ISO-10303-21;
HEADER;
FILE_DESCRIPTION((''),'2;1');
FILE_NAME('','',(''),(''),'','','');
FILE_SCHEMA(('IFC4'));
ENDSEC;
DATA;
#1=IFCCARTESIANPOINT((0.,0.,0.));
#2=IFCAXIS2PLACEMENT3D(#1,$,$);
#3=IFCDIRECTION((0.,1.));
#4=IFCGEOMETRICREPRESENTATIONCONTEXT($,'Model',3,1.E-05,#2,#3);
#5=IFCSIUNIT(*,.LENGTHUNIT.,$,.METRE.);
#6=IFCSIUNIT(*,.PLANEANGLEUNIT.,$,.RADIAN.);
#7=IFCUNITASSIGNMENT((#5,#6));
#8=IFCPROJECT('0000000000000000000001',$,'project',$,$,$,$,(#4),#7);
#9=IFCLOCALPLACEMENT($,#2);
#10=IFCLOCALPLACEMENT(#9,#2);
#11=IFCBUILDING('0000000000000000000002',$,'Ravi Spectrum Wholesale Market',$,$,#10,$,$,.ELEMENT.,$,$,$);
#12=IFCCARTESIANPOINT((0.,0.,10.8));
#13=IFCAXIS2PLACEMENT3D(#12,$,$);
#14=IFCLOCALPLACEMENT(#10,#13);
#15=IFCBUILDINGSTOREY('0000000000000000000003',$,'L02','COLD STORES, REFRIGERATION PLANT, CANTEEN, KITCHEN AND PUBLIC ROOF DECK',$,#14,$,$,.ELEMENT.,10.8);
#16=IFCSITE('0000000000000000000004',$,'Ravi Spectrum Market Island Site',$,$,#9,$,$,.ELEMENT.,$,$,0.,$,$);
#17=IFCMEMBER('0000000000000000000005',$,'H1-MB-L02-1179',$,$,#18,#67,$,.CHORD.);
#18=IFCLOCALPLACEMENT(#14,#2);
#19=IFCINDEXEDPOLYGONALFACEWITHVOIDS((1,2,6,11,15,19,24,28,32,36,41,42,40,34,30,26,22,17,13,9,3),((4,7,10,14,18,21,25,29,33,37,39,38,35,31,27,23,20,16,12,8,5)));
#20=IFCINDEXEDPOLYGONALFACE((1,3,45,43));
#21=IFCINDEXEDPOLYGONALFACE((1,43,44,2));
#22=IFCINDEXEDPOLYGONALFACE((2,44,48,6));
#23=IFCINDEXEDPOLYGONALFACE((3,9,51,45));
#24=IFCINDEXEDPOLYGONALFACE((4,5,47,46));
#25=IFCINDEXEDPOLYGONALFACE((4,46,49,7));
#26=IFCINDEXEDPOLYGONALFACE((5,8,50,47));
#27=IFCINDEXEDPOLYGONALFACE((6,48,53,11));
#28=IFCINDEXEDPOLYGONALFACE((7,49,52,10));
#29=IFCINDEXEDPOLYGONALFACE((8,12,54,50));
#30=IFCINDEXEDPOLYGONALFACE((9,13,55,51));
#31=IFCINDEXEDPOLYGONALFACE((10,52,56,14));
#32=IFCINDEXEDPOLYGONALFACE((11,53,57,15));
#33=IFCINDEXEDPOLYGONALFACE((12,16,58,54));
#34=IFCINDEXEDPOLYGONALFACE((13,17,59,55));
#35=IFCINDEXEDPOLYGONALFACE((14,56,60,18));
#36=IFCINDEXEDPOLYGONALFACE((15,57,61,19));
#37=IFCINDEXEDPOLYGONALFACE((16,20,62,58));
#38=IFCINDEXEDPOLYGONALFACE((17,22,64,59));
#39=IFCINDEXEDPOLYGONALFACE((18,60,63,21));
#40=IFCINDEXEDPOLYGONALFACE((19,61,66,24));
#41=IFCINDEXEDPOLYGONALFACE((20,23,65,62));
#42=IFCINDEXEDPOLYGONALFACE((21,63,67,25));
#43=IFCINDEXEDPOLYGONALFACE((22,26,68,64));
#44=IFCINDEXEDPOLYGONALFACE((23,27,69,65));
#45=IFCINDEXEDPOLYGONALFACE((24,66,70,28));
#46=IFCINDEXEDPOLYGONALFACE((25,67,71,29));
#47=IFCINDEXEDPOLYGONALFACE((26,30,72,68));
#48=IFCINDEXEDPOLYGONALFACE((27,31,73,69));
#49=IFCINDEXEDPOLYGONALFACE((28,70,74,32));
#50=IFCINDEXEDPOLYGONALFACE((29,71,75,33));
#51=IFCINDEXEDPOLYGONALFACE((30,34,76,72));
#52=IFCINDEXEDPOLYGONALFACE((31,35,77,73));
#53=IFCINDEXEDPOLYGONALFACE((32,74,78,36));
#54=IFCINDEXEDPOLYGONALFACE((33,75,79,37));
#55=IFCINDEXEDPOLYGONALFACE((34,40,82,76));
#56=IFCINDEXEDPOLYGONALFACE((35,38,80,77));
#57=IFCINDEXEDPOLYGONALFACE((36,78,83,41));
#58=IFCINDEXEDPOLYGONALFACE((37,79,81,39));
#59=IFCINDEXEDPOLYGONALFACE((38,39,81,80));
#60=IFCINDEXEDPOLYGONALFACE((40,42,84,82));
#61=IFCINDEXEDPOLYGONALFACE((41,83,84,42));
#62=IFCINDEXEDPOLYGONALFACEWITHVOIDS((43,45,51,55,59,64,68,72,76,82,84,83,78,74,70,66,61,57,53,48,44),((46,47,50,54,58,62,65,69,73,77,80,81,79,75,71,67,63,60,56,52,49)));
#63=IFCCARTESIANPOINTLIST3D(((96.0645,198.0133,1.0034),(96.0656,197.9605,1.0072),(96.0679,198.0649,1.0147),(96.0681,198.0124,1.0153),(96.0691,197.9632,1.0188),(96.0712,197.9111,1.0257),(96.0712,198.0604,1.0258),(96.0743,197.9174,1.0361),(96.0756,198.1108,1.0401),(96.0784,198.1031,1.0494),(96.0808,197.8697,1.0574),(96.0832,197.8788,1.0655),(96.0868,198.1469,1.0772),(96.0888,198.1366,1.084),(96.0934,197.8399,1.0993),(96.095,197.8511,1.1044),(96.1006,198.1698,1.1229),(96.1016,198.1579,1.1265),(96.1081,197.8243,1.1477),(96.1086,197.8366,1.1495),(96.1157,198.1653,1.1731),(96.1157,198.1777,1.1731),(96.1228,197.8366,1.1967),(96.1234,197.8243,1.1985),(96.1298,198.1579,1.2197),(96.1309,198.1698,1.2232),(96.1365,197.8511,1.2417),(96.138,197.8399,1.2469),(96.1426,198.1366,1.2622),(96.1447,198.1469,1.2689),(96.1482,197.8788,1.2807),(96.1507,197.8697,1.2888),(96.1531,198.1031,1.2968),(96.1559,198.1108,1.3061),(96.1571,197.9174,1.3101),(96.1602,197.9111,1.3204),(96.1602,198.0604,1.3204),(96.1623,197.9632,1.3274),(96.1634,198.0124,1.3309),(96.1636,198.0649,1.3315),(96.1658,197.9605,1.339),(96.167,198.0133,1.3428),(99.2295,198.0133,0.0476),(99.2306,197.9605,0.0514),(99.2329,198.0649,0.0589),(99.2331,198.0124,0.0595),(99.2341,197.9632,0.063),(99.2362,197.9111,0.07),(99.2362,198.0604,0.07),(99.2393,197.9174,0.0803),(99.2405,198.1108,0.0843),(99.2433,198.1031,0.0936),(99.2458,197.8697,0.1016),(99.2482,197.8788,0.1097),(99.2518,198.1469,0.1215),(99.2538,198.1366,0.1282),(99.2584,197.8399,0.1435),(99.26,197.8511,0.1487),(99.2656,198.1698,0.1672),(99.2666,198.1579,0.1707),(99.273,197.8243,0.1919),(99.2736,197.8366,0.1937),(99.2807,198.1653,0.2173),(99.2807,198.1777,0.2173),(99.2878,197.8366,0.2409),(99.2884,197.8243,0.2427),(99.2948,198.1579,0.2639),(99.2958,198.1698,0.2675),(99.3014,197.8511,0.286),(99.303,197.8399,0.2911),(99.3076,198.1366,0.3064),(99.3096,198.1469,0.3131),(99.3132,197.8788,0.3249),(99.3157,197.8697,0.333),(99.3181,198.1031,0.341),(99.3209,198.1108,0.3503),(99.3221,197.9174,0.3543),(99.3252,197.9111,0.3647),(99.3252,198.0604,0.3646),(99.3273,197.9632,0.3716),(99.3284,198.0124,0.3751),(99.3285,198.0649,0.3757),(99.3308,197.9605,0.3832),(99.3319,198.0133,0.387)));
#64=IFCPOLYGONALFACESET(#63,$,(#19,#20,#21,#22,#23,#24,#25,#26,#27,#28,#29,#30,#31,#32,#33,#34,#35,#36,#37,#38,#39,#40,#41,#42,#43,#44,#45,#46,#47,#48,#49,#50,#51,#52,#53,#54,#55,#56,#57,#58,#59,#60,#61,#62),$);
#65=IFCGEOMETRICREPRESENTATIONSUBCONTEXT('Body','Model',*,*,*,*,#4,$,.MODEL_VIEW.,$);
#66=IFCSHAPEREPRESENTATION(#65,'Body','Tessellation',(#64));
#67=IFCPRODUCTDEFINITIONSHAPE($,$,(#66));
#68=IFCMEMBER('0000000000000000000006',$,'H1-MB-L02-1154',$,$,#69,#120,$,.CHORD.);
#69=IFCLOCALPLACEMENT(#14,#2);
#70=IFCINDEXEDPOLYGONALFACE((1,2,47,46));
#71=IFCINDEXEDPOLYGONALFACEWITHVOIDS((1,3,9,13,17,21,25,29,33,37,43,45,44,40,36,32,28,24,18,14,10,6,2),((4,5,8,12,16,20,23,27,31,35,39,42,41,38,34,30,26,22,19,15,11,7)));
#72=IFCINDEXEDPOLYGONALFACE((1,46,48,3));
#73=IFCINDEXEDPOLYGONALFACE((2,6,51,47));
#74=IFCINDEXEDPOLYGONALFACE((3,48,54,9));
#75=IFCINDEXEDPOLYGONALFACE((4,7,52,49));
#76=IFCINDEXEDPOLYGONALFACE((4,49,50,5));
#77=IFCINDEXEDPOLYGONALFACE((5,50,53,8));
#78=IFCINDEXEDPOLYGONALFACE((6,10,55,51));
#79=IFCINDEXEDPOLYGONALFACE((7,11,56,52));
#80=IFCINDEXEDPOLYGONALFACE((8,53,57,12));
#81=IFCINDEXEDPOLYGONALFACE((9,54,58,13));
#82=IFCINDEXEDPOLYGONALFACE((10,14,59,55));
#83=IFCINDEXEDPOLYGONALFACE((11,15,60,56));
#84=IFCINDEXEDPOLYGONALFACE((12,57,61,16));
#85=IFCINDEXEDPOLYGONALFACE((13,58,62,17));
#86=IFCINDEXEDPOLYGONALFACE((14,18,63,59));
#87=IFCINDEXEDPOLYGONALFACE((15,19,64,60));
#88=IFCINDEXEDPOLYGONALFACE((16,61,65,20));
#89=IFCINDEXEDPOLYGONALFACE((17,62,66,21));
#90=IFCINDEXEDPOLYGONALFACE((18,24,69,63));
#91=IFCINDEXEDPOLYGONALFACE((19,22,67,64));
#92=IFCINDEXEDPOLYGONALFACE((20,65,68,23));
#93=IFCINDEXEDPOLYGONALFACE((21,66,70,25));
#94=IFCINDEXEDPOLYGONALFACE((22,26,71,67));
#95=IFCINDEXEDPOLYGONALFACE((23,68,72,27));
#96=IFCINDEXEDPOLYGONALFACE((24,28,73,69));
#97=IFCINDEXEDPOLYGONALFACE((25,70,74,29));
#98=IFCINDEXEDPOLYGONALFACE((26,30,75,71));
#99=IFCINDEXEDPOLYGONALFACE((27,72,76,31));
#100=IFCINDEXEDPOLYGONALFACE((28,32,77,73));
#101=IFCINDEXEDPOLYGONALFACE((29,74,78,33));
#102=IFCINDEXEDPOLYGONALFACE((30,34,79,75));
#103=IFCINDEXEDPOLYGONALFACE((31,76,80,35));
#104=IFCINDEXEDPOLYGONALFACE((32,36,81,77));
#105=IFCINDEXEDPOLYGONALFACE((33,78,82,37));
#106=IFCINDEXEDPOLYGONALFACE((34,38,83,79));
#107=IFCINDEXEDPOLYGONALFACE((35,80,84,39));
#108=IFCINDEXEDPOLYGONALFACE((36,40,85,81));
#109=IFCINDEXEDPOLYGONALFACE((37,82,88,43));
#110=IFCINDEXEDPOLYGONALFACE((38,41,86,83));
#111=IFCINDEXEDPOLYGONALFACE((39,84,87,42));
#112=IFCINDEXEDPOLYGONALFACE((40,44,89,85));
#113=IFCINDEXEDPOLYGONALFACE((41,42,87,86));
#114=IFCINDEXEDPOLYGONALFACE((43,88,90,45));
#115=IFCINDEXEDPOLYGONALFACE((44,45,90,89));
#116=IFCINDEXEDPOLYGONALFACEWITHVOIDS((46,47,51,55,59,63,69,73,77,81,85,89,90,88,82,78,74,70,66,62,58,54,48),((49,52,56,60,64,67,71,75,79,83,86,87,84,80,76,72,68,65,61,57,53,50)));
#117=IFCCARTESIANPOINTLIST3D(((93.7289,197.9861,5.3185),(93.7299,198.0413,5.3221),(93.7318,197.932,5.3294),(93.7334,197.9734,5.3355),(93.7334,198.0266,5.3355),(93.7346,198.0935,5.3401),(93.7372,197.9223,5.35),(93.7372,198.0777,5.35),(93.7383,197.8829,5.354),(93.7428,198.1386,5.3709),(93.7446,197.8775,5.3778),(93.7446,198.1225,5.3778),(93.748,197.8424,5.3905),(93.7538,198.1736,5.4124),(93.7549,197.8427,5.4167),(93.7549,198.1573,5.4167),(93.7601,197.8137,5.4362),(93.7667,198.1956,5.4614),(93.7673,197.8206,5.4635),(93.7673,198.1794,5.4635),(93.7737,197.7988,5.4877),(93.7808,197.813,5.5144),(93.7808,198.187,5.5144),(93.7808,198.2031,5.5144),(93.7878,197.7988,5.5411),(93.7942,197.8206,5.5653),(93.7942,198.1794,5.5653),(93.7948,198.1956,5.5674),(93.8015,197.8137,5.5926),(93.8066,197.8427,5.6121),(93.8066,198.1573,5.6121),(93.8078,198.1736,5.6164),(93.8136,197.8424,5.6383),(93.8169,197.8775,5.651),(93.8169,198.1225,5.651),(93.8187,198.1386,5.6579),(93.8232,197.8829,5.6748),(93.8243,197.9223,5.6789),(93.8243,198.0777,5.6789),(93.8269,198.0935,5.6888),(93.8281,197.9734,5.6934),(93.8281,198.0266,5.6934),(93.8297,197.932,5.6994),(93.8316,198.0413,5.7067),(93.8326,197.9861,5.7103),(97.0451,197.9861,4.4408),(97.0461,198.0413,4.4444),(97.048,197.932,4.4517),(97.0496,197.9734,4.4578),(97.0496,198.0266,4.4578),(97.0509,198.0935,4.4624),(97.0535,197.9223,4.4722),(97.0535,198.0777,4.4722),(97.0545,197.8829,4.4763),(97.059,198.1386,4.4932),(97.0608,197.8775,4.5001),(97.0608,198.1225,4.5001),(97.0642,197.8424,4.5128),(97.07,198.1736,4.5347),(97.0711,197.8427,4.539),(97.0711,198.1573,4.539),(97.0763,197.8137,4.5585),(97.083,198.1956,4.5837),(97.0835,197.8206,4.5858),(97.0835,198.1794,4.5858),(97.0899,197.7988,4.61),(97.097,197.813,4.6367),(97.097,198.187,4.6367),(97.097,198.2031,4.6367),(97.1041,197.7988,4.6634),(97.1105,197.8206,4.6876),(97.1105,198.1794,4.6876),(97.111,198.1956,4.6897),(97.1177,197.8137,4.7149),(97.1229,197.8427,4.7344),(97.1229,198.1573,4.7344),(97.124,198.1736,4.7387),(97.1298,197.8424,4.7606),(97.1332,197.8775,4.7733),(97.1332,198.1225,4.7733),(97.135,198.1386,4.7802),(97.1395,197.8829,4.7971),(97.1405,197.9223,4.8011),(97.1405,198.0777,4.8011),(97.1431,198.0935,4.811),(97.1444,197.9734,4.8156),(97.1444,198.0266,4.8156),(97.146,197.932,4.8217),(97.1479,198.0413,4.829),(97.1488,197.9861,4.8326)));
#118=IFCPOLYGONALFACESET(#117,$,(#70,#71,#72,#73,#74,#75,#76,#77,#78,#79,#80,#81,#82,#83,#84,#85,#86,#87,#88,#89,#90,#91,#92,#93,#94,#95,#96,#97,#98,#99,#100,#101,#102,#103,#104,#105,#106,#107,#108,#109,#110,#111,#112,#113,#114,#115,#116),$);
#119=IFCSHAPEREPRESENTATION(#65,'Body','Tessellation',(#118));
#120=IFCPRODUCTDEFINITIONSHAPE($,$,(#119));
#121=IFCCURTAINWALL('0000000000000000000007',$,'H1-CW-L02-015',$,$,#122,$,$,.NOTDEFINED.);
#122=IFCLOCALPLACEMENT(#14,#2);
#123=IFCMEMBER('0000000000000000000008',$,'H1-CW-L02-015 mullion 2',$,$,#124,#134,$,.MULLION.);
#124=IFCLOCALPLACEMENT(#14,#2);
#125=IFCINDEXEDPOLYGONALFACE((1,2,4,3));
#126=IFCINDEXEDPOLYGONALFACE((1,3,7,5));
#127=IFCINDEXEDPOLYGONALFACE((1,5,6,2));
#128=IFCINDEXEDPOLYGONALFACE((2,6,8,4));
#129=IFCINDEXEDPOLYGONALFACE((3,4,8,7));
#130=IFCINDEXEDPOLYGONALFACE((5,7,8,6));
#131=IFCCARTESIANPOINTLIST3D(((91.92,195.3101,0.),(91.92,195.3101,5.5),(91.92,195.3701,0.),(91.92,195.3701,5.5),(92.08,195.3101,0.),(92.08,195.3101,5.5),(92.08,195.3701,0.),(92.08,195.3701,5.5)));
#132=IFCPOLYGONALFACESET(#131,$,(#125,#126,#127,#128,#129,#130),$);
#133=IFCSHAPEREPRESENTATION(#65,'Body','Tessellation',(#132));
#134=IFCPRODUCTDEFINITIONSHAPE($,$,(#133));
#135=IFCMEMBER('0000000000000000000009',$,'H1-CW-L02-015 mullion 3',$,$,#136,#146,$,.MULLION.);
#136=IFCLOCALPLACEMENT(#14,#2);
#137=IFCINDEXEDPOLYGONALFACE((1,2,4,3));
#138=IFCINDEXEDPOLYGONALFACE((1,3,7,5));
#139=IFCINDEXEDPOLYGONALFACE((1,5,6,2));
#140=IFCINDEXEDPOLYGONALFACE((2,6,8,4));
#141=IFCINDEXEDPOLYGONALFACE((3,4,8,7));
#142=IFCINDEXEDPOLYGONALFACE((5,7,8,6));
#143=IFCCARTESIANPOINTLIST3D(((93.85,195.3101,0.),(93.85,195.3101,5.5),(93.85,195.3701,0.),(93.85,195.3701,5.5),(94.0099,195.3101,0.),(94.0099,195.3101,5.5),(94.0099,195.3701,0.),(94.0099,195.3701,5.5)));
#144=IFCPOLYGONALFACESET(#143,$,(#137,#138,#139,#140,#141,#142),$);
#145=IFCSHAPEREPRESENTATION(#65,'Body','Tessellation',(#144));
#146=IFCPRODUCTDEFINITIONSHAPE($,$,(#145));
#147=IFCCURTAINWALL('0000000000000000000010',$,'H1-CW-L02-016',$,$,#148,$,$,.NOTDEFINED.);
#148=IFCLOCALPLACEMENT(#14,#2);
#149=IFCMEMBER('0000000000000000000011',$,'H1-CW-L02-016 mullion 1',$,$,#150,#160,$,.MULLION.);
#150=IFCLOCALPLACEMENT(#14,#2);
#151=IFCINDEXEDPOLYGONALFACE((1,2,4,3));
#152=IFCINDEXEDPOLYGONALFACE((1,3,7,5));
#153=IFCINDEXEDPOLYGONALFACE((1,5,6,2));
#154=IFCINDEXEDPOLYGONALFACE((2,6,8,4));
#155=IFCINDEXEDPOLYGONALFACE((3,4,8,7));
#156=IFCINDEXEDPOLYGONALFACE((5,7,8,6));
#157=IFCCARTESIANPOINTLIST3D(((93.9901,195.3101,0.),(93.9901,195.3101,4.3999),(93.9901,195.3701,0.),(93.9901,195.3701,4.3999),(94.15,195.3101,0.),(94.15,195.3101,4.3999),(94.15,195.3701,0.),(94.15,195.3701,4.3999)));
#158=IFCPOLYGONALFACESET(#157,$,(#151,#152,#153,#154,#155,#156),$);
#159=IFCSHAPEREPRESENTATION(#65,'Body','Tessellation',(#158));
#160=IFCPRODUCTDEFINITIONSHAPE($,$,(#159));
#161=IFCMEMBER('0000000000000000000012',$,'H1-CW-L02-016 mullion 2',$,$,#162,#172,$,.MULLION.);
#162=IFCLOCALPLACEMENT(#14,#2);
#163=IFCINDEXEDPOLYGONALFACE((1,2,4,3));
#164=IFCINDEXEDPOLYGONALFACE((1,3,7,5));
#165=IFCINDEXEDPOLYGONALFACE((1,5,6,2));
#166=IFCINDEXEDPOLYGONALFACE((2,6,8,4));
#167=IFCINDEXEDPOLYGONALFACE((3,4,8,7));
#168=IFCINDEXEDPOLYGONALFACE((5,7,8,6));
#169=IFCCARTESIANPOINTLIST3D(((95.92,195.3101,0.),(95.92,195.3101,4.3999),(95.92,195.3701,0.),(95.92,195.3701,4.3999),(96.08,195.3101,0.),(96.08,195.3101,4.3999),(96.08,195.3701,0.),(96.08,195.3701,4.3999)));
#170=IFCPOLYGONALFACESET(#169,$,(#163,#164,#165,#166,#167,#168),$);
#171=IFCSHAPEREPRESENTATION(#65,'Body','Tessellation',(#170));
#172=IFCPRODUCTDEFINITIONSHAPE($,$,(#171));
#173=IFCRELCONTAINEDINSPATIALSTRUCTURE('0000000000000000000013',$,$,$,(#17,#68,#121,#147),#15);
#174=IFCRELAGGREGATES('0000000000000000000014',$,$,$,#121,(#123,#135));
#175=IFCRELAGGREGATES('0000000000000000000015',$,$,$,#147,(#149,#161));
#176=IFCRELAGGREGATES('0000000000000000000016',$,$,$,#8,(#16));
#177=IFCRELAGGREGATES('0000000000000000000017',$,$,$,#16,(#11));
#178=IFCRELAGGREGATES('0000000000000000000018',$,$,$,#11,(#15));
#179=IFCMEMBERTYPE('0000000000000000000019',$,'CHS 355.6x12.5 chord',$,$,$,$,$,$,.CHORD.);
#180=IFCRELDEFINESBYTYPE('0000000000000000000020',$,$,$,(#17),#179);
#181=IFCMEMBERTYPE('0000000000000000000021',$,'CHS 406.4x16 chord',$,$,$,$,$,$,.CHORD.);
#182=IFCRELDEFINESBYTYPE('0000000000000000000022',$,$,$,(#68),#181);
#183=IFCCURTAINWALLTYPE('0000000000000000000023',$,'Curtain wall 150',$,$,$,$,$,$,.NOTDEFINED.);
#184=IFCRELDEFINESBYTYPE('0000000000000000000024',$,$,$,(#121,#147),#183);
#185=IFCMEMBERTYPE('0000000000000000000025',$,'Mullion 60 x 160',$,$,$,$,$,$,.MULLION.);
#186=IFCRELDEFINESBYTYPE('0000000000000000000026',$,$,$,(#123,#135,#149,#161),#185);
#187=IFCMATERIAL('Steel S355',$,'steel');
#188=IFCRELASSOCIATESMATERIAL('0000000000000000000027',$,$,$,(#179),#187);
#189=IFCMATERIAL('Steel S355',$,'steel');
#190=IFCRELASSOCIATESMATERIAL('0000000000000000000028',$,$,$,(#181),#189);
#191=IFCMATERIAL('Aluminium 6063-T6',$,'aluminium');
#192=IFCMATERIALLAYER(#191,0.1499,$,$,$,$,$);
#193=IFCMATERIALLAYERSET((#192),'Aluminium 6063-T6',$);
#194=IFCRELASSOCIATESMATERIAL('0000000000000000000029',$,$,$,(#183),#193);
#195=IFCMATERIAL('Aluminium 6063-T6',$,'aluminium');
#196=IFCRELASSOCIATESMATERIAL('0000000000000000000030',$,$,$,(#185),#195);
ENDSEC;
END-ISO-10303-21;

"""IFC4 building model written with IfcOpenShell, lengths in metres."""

from ifc_helpers import new_model, si_unit, direction, frame, origin, origin_2d, place, context, subcontext, project, spatial, rectangle, hollow_circle, extrude, material, layer, layer_set, material_profile, profile_set, type_object, element, aggregate, save


model = new_model("IFC4")

# Units and contexts
model_context = context("Model", 3, precision=1e-05, world=origin(), true_north=direction((0.0, 1.0)))
body_context = subcontext(model_context, "Body", "Model", "MODEL_VIEW")
ifc_project = project(units=[si_unit("LENGTHUNIT", "METRE"), si_unit("PLANEANGLEUNIT", "RADIAN")], contexts=[model_context])

# Site, building, storey
site_placement = place(None, origin())
site = spatial("IfcSite", under=ifc_project, at=site_placement, Name="Ravi Spectrum Market Island Site", CompositionType="ELEMENT", RefElevation=0.0)
building_placement = place(site_placement, origin())
building = spatial("IfcBuilding", under=site, at=building_placement, Name="Ravi Spectrum Wholesale Market", CompositionType="ELEMENT")
storey_placement = place(building_placement, frame((0.0, 0.0, 10.8)))
storey = spatial("IfcBuildingStorey", under=building, at=storey_placement, Name="L02", Description="COLD STORES, REFRIGERATION PLANT, CANTEEN, KITCHEN AND PUBLIC ROOF DECK", CompositionType="ELEMENT", Elevation=10.8)

# Members
ifc_material_1 = material(Name="Steel S355", Category="steel")
ifc_material_profile_1 = material_profile(ifc_material_1, hollow_circle(Radius=0.1777, WallThickness=0.0125, at=origin_2d()))
ifc_profile_set_1 = profile_set([ifc_material_profile_1], Name="Steel S355")
member_type_1 = type_object("IfcMemberType", Name="CHS 355.6x12.5 chord", PredefinedType="CHORD", material=ifc_profile_set_1)
for number, where, z_axis, x_axis, name in (
    (1, (96.1157, 198.0, 1.1731), (0.9573, 0.0, -0.289095), (0.0, 1.0, 0.0), "H1-MB-L02-1179"),
):
    element("IfcMember", number, at=place(storey_placement, frame(where, z_axis=z_axis, x_axis=x_axis)), inside=storey, type_object=member_type_1, Name=name, PredefinedType="CHORD", context=body_context, shape_type="SweptSolid", body=[
        extrude(hollow_circle(Radius=0.1777, WallThickness=0.0125, at=origin_2d()), origin(), (0.0, 0.0, 1.0), 3.3062),
    ])
ifc_material_2 = material(Name="Steel S355", Category="steel")
ifc_material_profile_2 = material_profile(ifc_material_2, hollow_circle(Radius=0.2031, WallThickness=0.0161, at=origin_2d()))
ifc_profile_set_2 = profile_set([ifc_material_profile_2], Name="Steel S355")
member_type_2 = type_object("IfcMemberType", Name="CHS 406.4x16 chord", PredefinedType="CHORD", material=ifc_profile_set_2)
member_1_placement = place(storey_placement, frame((93.7808, 198.0, 5.5144), z_axis=(0.966714, 0.0, -0.255859), x_axis=(0.0, 1.0, 0.0)))
element("IfcMember", 2, at=member_1_placement, inside=storey, type_object=member_type_2, Name="H1-MB-L02-1154", PredefinedType="CHORD", context=body_context, shape_type="SweptSolid", body=[
    extrude(hollow_circle(Radius=0.2031, WallThickness=0.0161, at=origin_2d()), origin(), (0.0, 0.0, 1.0), 3.4304),
])

# Curtain walls, members
ifc_material_3 = material(Name="Aluminium 6063-T6", Category="aluminium")
ifc_layer_1 = layer(ifc_material_3, 0.1499)
ifc_layer_set_1 = layer_set([ifc_layer_1], Name="Aluminium 6063-T6")
curtain_wall_type = type_object("IfcCurtainWallType", Name="Curtain wall 150", PredefinedType="NOTDEFINED", material=ifc_layer_set_1)
curtain_wall_1_placement = place(storey_placement, origin())
curtain_wall_1 = element("IfcCurtainWall", 3, at=curtain_wall_1_placement, inside=storey, type_object=curtain_wall_type, Name="H1-CW-L02-015", PredefinedType="NOTDEFINED")
ifc_material_4 = material(Name="Aluminium 6063-T6", Category="aluminium")
ifc_material_profile_3 = material_profile(ifc_material_4, rectangle(XDim=0.0601, YDim=0.1599, at=origin_2d()))
ifc_profile_set_3 = profile_set([ifc_material_profile_3], Name="Aluminium 6063-T6")
member_type_3 = type_object("IfcMemberType", Name="Mullion 60 x 160", PredefinedType="MULLION", material=ifc_profile_set_3)
member_2_placement = place(storey_placement, frame((92.0, 195.3401, 0.0), z_axis=(0.0, 0.0, 1.0), x_axis=(0.0, 1.0, 0.0)))
member_2 = element("IfcMember", 4, at=member_2_placement, type_object=member_type_3, Name="H1-CW-L02-015 mullion 2", PredefinedType="MULLION", context=body_context, shape_type="SweptSolid", body=[
    extrude(rectangle(XDim=0.0601, YDim=0.1599, at=origin_2d()), origin(), (0.0, 0.0, 1.0), 5.5),
])
member_3_placement = place(storey_placement, frame((93.9299, 195.3401, 0.0), z_axis=(0.0, 0.0, 1.0), x_axis=(0.0, 1.0, 0.0)))
member_3 = element("IfcMember", 5, at=member_3_placement, type_object=member_type_3, Name="H1-CW-L02-015 mullion 3", PredefinedType="MULLION", context=body_context, shape_type="SweptSolid", body=[
    extrude(rectangle(XDim=0.0601, YDim=0.1599, at=origin_2d()), origin(), (0.0, 0.0, 1.0), 5.5),
])
curtain_wall_2_placement = place(storey_placement, origin())
curtain_wall_2 = element("IfcCurtainWall", 6, at=curtain_wall_2_placement, inside=storey, type_object=curtain_wall_type, Name="H1-CW-L02-016", PredefinedType="NOTDEFINED")
member_4_placement = place(storey_placement, frame((94.0701, 195.3401, 0.0), z_axis=(0.0, 0.0, 1.0), x_axis=(0.0, 1.0, 0.0)))
member_4 = element("IfcMember", 7, at=member_4_placement, type_object=member_type_3, Name="H1-CW-L02-016 mullion 1", PredefinedType="MULLION", context=body_context, shape_type="SweptSolid", body=[
    extrude(rectangle(XDim=0.0601, YDim=0.1599, at=origin_2d()), origin(), (0.0, 0.0, 1.0), 4.3999),
])
member_5_placement = place(storey_placement, frame((96.0, 195.3401, 0.0), z_axis=(0.0, 0.0, 1.0), x_axis=(0.0, 1.0, 0.0)))
member_5 = element("IfcMember", 8, at=member_5_placement, type_object=member_type_3, Name="H1-CW-L02-016 mullion 2", PredefinedType="MULLION", context=body_context, shape_type="SweptSolid", body=[
    extrude(rectangle(XDim=0.0601, YDim=0.1599, at=origin_2d()), origin(), (0.0, 0.0, 1.0), 4.3999),
])

aggregate(curtain_wall_1, [member_2, member_3])
aggregate(curtain_wall_2, [member_4, member_5])

save(model, "model.ifc")
